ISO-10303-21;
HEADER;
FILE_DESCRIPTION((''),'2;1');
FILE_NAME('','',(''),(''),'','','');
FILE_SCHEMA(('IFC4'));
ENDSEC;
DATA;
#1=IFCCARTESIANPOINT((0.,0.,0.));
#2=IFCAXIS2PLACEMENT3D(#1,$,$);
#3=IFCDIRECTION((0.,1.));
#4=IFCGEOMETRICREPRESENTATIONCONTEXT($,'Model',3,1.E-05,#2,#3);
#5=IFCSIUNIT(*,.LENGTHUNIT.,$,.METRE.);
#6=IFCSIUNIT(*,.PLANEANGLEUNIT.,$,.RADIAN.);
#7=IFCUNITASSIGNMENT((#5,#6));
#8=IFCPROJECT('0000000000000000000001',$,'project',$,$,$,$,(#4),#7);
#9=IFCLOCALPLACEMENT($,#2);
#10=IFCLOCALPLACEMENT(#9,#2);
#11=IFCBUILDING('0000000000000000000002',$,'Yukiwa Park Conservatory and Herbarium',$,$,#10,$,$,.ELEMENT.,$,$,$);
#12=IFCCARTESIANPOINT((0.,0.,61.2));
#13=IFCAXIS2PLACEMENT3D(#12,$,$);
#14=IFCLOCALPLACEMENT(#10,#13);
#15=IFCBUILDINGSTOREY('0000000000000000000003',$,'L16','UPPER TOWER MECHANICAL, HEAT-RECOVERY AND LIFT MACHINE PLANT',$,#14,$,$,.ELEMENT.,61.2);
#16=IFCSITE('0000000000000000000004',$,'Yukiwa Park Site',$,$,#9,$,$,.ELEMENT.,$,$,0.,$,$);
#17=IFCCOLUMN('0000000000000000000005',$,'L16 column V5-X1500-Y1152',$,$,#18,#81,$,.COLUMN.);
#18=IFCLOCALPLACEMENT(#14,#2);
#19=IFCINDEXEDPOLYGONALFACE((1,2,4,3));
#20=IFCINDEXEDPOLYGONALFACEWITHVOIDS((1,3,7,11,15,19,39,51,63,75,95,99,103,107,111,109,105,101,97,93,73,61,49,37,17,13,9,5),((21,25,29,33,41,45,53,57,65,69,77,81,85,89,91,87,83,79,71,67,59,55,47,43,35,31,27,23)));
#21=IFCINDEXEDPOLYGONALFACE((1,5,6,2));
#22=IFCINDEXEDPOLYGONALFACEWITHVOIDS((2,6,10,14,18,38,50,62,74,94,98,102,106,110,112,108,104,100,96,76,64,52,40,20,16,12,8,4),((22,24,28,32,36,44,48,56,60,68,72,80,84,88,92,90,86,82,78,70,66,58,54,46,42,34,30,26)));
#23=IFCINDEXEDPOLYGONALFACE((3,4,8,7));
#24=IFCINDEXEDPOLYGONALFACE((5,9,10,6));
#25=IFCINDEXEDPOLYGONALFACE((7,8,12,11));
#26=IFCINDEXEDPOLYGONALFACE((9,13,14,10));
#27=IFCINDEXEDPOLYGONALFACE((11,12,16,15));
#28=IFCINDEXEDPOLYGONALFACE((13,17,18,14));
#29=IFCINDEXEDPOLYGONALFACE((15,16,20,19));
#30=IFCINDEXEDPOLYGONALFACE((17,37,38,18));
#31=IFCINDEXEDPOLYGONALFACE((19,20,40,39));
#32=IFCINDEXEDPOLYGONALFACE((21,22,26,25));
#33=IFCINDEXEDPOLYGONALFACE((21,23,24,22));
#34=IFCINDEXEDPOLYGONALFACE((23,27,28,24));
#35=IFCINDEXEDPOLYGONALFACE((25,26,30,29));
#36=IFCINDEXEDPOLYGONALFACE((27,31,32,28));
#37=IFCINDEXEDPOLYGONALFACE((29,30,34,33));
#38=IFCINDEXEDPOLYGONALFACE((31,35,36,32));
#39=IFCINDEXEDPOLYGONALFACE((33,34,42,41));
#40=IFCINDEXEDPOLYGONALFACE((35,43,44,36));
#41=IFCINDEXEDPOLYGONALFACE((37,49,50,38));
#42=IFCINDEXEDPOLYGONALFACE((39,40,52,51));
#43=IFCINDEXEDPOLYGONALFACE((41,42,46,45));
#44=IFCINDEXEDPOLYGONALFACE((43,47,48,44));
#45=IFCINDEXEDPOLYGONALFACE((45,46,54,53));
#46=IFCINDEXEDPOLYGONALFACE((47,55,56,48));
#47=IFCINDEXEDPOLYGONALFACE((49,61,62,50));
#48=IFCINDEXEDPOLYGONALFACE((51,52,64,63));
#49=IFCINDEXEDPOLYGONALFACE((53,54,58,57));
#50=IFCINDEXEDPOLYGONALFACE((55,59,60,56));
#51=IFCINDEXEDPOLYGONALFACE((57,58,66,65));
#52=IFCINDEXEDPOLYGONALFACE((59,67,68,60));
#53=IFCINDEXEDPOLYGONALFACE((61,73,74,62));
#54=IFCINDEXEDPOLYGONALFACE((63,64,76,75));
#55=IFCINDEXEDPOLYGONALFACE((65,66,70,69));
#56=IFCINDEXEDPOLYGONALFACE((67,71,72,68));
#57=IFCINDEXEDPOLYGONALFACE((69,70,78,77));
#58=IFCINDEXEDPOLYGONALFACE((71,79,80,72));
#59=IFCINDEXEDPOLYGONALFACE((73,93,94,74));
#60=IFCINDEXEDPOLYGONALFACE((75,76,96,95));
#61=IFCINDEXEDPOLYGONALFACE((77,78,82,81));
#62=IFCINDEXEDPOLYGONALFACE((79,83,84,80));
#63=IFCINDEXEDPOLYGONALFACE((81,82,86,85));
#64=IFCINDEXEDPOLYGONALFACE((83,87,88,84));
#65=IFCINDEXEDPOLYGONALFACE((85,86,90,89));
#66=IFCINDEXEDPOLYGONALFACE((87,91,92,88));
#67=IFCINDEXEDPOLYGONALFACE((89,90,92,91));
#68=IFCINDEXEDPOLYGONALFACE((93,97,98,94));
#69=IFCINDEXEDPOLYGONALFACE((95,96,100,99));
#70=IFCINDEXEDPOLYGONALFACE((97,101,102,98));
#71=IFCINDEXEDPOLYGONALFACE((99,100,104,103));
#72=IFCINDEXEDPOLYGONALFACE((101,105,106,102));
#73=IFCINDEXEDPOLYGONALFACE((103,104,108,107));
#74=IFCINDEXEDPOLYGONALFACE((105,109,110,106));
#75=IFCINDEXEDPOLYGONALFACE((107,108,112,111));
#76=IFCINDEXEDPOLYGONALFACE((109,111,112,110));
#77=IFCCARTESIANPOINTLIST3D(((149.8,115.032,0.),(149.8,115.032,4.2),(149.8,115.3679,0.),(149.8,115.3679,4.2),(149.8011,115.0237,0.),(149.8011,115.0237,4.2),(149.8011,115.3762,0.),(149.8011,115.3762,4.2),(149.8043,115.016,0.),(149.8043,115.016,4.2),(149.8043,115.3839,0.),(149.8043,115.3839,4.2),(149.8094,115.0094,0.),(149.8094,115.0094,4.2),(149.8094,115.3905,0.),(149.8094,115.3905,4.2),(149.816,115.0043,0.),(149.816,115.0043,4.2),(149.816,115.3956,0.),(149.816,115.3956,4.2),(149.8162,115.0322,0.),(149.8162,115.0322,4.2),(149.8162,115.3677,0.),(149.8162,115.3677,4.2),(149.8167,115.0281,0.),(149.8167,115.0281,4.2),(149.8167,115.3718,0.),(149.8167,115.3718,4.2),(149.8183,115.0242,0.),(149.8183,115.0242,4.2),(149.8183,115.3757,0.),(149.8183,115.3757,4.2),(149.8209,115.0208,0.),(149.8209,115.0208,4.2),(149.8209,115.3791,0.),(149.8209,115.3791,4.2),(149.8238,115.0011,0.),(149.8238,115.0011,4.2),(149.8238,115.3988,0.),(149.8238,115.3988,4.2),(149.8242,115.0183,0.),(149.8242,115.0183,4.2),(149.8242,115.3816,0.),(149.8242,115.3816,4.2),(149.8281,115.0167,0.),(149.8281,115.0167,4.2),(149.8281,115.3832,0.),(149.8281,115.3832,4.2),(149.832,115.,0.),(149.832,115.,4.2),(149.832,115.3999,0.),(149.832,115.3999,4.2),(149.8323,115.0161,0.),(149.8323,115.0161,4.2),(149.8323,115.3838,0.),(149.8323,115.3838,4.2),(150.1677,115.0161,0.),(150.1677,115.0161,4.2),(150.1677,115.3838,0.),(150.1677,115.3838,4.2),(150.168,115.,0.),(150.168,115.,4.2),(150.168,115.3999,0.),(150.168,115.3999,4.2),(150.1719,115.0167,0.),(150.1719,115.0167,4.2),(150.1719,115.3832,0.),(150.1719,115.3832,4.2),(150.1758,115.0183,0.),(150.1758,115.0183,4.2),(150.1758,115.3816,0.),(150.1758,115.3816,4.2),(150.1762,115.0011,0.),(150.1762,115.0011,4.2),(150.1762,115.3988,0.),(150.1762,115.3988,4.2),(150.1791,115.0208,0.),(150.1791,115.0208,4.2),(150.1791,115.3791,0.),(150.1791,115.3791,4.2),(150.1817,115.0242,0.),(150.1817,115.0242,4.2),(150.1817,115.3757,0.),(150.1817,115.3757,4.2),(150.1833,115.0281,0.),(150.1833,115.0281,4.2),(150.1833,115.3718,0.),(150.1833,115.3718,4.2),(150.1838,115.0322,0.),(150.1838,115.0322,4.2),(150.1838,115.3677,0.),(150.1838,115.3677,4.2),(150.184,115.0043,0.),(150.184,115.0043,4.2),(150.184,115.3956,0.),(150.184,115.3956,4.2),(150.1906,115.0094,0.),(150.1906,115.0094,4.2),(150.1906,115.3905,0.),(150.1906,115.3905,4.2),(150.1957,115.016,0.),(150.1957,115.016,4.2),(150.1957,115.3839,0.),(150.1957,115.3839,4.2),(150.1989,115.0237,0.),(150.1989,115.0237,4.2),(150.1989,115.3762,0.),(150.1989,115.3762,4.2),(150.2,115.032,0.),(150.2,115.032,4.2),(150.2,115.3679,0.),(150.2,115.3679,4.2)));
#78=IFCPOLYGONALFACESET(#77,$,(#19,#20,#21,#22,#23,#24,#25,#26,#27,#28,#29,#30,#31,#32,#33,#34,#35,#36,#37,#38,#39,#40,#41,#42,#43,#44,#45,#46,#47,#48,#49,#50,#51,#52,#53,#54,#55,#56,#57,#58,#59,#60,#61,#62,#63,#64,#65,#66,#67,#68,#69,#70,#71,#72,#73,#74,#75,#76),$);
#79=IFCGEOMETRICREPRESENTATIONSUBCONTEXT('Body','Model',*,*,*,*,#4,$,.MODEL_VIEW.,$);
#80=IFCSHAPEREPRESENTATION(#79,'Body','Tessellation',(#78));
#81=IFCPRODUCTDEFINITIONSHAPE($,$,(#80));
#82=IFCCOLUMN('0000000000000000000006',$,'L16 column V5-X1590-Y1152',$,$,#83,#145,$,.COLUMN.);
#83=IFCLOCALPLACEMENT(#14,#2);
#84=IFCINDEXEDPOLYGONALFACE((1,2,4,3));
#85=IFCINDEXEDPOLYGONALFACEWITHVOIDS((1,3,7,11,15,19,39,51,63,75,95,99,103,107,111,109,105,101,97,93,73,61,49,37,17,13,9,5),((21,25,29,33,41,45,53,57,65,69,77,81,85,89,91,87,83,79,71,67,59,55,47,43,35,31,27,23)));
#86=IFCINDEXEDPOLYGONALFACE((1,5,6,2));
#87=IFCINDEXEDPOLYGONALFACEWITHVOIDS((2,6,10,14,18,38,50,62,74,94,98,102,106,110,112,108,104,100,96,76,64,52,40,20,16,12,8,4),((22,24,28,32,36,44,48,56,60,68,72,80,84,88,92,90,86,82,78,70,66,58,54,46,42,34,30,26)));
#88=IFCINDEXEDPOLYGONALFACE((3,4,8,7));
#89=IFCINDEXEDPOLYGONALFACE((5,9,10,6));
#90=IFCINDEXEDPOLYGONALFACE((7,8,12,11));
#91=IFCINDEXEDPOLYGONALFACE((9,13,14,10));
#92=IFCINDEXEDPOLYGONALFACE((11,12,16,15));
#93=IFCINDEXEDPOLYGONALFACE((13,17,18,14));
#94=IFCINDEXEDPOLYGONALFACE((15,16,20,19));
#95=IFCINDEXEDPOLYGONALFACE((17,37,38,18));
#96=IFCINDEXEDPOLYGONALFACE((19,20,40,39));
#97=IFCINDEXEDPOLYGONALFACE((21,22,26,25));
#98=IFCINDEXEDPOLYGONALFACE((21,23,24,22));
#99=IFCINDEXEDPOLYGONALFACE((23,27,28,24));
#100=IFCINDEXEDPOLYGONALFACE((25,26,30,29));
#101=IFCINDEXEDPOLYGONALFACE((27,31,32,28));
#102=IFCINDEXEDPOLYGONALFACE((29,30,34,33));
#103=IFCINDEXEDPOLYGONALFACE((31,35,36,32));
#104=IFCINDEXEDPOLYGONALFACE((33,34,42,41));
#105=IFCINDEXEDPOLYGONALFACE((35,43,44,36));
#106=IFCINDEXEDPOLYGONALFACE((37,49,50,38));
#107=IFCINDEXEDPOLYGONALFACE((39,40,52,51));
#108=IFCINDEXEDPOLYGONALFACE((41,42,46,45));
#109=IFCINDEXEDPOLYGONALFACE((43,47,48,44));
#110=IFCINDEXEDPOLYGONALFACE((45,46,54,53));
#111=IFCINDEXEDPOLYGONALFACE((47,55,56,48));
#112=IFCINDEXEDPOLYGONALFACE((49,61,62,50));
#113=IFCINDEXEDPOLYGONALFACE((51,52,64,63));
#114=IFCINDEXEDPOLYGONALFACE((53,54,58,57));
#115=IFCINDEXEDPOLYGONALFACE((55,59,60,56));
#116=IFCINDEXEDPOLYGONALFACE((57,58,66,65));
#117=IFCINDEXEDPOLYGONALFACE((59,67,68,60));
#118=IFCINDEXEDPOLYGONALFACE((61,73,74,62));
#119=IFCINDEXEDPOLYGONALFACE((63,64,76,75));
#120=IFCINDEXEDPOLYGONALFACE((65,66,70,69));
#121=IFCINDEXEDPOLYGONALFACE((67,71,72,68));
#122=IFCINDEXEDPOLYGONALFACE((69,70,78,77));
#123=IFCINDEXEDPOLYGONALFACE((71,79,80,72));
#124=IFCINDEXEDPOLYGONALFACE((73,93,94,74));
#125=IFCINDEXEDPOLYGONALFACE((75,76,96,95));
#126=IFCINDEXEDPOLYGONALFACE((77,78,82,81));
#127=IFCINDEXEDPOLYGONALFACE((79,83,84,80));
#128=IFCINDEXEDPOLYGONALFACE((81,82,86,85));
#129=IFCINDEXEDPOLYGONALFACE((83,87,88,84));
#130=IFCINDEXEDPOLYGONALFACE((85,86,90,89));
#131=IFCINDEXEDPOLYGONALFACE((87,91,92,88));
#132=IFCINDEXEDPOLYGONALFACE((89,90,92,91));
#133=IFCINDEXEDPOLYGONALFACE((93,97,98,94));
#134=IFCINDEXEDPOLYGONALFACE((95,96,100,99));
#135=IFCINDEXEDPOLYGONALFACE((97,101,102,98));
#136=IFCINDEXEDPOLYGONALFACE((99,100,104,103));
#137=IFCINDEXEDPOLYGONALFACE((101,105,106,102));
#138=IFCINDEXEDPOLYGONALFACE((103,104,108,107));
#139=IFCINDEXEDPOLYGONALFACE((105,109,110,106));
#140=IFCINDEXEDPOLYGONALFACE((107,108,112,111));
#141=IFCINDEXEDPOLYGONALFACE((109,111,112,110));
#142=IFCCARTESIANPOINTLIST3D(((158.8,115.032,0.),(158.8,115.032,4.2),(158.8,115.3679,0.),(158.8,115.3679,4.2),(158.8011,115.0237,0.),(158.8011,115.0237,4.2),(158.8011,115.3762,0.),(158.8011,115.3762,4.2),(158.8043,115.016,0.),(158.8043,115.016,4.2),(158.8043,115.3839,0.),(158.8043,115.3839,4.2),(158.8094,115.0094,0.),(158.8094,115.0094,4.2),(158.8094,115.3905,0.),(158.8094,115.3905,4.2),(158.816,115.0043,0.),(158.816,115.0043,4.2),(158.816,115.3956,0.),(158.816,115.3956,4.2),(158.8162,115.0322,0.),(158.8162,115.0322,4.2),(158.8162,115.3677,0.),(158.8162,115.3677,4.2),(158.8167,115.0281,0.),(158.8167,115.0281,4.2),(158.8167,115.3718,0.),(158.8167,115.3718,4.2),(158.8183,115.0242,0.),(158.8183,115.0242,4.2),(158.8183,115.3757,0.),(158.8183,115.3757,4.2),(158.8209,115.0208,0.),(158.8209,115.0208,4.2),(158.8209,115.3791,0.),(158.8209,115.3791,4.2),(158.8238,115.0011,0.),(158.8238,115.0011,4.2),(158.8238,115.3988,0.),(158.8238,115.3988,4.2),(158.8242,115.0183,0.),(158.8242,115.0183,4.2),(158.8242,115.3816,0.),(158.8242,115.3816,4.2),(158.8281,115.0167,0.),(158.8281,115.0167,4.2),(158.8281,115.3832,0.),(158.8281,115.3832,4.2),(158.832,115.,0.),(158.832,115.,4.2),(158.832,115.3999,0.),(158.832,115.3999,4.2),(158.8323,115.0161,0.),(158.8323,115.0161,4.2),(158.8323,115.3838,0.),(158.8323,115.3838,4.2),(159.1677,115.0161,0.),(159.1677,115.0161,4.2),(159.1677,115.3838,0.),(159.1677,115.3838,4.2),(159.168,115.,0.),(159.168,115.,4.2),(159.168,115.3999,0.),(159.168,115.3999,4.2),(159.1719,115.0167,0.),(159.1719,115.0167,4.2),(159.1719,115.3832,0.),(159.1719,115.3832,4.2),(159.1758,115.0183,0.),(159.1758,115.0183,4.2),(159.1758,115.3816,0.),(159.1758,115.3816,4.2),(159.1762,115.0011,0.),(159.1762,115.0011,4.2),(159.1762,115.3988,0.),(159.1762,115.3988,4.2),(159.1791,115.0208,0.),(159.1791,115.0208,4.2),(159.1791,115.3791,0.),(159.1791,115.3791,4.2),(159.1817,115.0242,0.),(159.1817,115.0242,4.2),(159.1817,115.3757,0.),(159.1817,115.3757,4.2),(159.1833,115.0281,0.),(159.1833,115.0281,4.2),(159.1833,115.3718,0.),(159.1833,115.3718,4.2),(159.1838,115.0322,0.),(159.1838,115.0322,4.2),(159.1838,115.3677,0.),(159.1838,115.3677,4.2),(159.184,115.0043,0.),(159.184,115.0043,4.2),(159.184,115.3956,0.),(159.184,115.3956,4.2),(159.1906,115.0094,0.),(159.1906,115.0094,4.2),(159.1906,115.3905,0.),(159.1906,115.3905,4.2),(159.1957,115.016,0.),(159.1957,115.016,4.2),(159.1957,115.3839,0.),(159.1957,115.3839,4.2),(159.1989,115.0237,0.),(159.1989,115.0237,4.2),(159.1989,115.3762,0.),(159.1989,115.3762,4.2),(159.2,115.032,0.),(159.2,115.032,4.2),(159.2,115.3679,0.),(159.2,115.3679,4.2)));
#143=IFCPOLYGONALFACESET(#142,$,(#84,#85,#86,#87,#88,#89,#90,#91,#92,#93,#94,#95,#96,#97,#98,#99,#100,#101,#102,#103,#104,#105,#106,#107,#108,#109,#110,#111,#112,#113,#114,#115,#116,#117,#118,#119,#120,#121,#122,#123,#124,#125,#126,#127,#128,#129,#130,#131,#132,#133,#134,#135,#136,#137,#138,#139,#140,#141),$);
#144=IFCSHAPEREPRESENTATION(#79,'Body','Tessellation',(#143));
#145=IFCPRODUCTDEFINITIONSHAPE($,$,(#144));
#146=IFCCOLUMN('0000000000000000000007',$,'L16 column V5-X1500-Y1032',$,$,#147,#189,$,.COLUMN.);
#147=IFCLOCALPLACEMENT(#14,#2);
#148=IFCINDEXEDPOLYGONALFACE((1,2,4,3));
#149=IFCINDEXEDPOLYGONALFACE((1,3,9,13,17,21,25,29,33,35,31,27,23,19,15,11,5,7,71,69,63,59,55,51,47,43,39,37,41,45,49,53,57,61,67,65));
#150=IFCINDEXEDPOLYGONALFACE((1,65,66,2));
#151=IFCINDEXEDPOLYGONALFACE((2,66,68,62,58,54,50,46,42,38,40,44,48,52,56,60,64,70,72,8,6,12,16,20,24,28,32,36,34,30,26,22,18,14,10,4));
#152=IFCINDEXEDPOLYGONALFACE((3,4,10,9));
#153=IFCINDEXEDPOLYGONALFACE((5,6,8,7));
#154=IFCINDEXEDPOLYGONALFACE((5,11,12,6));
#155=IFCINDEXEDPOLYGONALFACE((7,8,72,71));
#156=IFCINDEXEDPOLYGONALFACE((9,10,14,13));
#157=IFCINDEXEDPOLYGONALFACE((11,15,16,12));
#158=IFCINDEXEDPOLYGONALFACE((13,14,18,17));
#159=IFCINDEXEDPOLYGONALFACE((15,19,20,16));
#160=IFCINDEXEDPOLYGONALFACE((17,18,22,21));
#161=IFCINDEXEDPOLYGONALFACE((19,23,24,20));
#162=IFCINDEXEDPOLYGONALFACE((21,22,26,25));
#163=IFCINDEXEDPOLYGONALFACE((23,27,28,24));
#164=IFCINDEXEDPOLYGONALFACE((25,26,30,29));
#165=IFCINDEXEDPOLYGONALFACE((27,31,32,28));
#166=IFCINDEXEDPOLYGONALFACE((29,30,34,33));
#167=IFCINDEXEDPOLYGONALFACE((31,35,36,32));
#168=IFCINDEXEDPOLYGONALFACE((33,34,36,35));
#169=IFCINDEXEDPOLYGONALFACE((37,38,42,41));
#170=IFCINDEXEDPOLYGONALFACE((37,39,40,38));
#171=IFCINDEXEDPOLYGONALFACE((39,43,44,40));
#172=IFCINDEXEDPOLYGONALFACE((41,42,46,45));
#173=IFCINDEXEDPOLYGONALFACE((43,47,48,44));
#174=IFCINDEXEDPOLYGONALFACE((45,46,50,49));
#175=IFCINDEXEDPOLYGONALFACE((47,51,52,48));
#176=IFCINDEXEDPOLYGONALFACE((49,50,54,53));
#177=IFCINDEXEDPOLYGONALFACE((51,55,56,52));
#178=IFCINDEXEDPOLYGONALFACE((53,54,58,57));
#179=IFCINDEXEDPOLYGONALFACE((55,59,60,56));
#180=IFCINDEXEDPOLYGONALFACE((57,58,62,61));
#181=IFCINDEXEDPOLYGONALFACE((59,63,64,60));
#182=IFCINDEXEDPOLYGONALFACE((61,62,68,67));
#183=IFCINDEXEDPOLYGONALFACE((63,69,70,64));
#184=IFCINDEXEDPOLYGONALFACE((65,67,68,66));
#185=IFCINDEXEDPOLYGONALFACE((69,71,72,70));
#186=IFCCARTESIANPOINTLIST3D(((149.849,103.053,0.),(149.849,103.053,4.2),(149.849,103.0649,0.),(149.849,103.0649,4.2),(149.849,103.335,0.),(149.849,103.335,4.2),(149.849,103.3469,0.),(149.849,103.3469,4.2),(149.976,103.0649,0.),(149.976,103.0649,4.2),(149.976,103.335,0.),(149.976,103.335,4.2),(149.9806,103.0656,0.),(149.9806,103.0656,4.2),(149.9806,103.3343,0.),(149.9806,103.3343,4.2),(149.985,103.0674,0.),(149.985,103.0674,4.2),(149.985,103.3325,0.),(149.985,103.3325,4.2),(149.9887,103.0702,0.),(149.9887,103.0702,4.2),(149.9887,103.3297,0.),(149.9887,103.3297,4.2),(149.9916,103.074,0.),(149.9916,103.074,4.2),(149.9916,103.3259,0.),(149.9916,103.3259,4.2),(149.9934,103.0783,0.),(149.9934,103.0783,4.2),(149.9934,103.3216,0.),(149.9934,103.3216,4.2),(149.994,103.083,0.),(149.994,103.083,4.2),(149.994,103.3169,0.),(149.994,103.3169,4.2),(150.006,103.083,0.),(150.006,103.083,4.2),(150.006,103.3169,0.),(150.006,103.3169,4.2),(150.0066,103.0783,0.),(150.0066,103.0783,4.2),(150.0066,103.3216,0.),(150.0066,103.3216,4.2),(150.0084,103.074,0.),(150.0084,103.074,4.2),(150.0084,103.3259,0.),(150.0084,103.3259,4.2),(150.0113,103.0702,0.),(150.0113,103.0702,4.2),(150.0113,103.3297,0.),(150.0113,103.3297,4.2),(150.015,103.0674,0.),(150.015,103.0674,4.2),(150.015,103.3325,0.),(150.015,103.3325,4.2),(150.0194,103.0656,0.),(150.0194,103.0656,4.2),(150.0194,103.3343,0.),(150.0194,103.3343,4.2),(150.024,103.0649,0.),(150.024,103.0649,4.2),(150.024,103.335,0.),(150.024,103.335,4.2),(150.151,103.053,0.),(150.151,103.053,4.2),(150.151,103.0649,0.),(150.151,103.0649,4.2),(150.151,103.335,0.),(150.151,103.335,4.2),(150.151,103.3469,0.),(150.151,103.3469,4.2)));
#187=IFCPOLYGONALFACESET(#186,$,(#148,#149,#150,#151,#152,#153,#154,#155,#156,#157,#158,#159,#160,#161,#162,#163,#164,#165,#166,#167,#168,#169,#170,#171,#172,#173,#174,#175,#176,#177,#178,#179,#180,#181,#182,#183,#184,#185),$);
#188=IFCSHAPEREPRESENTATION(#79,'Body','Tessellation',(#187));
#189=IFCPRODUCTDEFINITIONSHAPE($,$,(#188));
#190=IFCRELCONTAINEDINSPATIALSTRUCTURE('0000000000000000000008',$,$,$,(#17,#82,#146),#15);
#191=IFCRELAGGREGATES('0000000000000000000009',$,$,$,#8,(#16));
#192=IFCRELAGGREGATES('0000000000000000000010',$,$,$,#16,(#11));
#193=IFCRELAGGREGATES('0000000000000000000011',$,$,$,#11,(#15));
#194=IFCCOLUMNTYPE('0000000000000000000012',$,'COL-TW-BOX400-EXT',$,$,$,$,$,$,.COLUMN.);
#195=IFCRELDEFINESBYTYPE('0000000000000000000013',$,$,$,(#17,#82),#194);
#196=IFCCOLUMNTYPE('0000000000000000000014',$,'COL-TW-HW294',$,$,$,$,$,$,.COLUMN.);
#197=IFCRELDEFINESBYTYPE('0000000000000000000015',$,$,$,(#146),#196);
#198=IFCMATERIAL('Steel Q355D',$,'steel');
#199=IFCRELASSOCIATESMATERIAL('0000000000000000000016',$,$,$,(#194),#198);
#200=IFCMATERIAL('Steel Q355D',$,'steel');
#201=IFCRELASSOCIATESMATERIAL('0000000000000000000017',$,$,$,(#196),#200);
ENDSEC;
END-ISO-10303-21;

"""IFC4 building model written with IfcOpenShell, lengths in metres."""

from ifc_helpers import new_model, si_unit, direction, frame, origin, origin_2d, place, context, subcontext, project, spatial, hollow_rectangle, i_section, extrude, material, material_profile, profile_set, type_object, element, save


model = new_model("IFC4")

# Units and contexts
model_context = context("Model", 3, precision=1e-05, world=origin(), true_north=direction((0.0, 1.0)))
body_context = subcontext(model_context, "Body", "Model", "MODEL_VIEW")
ifc_project = project(units=[si_unit("LENGTHUNIT", "METRE"), si_unit("PLANEANGLEUNIT", "RADIAN")], contexts=[model_context])

# Site, building, storey
site_placement = place(None, origin())
site = spatial("IfcSite", under=ifc_project, at=site_placement, Name="Yukiwa Park Site", CompositionType="ELEMENT", RefElevation=0.0)
building_placement = place(site_placement, origin())
building = spatial("IfcBuilding", under=site, at=building_placement, Name="Yukiwa Park Conservatory and Herbarium", CompositionType="ELEMENT")
storey_placement = place(building_placement, frame((0.0, 0.0, 61.2)))
storey = spatial("IfcBuildingStorey", under=building, at=storey_placement, Name="L16", Description="UPPER TOWER MECHANICAL, HEAT-RECOVERY AND LIFT MACHINE PLANT", CompositionType="ELEMENT", Elevation=61.2)

# Columns
ifc_material_1 = material(Name="Steel Q355D", Category="steel")
ifc_material_profile_1 = material_profile(ifc_material_1, hollow_rectangle(XDim=0.3999, YDim=0.3999, WallThickness=0.0161, InnerFilletRadius=0.0161, OuterFilletRadius=0.032, at=origin_2d()), Name="BOX 400x400x16")
ifc_profile_set_1 = profile_set([ifc_material_profile_1], Name="Steel Q355D")
column_type_1 = type_object("IfcColumnType", Name="COL-TW-BOX400-EXT", PredefinedType="COLUMN", material=ifc_profile_set_1)
for number, where, z_axis, x_axis, name in (
    (1, (150.0, 115.2, 0.0), (0.0, 0.0, 1.0), (1.0, 0.0, 0.0), "L16 column V5-X1500-Y1152"),
    (2, (159.0, 115.2, 0.0), (0.0, 0.0, 1.0), (1.0, 0.0, 0.0), "L16 column V5-X1590-Y1152"),
):
    element("IfcColumn", number, at=place(storey_placement, frame(where, z_axis=z_axis, x_axis=x_axis)), inside=storey, type_object=column_type_1, Name=name, PredefinedType="COLUMN", context=body_context, shape_type="SweptSolid", body=[
        extrude(hollow_rectangle(XDim=0.3999, YDim=0.3999, WallThickness=0.0161, InnerFilletRadius=0.0161, OuterFilletRadius=0.032, at=origin_2d()), origin(), (0.0, 0.0, 1.0), 4.2),
    ])
ifc_material_2 = material(Name="Steel Q355D", Category="steel")
ifc_material_profile_2 = material_profile(ifc_material_2, i_section(OverallWidth=0.302, OverallDepth=0.2939, WebThickness=0.012, FlangeThickness=0.012, FilletRadius=0.0181, at=origin_2d()), Name="HW 294x302x12x12")
ifc_profile_set_2 = profile_set([ifc_material_profile_2], Name="Steel Q355D")
column_type_2 = type_object("IfcColumnType", Name="COL-TW-HW294", PredefinedType="COLUMN", material=ifc_profile_set_2)
for number, where, z_axis, x_axis, name in (
    (3, (150.0, 103.2, 0.0), (0.0, 0.0, 1.0), (1.0, 0.0, 0.0), "L16 column V5-X1500-Y1032"),
):
    element("IfcColumn", number, at=place(storey_placement, frame(where, z_axis=z_axis, x_axis=x_axis)), inside=storey, type_object=column_type_2, Name=name, PredefinedType="COLUMN", context=body_context, shape_type="SweptSolid", body=[
        extrude(i_section(OverallWidth=0.302, OverallDepth=0.2939, WebThickness=0.012, FlangeThickness=0.012, FilletRadius=0.0181, at=origin_2d()), origin(), (0.0, 0.0, 1.0), 4.2),
    ])

save(model, "model.ifc")
